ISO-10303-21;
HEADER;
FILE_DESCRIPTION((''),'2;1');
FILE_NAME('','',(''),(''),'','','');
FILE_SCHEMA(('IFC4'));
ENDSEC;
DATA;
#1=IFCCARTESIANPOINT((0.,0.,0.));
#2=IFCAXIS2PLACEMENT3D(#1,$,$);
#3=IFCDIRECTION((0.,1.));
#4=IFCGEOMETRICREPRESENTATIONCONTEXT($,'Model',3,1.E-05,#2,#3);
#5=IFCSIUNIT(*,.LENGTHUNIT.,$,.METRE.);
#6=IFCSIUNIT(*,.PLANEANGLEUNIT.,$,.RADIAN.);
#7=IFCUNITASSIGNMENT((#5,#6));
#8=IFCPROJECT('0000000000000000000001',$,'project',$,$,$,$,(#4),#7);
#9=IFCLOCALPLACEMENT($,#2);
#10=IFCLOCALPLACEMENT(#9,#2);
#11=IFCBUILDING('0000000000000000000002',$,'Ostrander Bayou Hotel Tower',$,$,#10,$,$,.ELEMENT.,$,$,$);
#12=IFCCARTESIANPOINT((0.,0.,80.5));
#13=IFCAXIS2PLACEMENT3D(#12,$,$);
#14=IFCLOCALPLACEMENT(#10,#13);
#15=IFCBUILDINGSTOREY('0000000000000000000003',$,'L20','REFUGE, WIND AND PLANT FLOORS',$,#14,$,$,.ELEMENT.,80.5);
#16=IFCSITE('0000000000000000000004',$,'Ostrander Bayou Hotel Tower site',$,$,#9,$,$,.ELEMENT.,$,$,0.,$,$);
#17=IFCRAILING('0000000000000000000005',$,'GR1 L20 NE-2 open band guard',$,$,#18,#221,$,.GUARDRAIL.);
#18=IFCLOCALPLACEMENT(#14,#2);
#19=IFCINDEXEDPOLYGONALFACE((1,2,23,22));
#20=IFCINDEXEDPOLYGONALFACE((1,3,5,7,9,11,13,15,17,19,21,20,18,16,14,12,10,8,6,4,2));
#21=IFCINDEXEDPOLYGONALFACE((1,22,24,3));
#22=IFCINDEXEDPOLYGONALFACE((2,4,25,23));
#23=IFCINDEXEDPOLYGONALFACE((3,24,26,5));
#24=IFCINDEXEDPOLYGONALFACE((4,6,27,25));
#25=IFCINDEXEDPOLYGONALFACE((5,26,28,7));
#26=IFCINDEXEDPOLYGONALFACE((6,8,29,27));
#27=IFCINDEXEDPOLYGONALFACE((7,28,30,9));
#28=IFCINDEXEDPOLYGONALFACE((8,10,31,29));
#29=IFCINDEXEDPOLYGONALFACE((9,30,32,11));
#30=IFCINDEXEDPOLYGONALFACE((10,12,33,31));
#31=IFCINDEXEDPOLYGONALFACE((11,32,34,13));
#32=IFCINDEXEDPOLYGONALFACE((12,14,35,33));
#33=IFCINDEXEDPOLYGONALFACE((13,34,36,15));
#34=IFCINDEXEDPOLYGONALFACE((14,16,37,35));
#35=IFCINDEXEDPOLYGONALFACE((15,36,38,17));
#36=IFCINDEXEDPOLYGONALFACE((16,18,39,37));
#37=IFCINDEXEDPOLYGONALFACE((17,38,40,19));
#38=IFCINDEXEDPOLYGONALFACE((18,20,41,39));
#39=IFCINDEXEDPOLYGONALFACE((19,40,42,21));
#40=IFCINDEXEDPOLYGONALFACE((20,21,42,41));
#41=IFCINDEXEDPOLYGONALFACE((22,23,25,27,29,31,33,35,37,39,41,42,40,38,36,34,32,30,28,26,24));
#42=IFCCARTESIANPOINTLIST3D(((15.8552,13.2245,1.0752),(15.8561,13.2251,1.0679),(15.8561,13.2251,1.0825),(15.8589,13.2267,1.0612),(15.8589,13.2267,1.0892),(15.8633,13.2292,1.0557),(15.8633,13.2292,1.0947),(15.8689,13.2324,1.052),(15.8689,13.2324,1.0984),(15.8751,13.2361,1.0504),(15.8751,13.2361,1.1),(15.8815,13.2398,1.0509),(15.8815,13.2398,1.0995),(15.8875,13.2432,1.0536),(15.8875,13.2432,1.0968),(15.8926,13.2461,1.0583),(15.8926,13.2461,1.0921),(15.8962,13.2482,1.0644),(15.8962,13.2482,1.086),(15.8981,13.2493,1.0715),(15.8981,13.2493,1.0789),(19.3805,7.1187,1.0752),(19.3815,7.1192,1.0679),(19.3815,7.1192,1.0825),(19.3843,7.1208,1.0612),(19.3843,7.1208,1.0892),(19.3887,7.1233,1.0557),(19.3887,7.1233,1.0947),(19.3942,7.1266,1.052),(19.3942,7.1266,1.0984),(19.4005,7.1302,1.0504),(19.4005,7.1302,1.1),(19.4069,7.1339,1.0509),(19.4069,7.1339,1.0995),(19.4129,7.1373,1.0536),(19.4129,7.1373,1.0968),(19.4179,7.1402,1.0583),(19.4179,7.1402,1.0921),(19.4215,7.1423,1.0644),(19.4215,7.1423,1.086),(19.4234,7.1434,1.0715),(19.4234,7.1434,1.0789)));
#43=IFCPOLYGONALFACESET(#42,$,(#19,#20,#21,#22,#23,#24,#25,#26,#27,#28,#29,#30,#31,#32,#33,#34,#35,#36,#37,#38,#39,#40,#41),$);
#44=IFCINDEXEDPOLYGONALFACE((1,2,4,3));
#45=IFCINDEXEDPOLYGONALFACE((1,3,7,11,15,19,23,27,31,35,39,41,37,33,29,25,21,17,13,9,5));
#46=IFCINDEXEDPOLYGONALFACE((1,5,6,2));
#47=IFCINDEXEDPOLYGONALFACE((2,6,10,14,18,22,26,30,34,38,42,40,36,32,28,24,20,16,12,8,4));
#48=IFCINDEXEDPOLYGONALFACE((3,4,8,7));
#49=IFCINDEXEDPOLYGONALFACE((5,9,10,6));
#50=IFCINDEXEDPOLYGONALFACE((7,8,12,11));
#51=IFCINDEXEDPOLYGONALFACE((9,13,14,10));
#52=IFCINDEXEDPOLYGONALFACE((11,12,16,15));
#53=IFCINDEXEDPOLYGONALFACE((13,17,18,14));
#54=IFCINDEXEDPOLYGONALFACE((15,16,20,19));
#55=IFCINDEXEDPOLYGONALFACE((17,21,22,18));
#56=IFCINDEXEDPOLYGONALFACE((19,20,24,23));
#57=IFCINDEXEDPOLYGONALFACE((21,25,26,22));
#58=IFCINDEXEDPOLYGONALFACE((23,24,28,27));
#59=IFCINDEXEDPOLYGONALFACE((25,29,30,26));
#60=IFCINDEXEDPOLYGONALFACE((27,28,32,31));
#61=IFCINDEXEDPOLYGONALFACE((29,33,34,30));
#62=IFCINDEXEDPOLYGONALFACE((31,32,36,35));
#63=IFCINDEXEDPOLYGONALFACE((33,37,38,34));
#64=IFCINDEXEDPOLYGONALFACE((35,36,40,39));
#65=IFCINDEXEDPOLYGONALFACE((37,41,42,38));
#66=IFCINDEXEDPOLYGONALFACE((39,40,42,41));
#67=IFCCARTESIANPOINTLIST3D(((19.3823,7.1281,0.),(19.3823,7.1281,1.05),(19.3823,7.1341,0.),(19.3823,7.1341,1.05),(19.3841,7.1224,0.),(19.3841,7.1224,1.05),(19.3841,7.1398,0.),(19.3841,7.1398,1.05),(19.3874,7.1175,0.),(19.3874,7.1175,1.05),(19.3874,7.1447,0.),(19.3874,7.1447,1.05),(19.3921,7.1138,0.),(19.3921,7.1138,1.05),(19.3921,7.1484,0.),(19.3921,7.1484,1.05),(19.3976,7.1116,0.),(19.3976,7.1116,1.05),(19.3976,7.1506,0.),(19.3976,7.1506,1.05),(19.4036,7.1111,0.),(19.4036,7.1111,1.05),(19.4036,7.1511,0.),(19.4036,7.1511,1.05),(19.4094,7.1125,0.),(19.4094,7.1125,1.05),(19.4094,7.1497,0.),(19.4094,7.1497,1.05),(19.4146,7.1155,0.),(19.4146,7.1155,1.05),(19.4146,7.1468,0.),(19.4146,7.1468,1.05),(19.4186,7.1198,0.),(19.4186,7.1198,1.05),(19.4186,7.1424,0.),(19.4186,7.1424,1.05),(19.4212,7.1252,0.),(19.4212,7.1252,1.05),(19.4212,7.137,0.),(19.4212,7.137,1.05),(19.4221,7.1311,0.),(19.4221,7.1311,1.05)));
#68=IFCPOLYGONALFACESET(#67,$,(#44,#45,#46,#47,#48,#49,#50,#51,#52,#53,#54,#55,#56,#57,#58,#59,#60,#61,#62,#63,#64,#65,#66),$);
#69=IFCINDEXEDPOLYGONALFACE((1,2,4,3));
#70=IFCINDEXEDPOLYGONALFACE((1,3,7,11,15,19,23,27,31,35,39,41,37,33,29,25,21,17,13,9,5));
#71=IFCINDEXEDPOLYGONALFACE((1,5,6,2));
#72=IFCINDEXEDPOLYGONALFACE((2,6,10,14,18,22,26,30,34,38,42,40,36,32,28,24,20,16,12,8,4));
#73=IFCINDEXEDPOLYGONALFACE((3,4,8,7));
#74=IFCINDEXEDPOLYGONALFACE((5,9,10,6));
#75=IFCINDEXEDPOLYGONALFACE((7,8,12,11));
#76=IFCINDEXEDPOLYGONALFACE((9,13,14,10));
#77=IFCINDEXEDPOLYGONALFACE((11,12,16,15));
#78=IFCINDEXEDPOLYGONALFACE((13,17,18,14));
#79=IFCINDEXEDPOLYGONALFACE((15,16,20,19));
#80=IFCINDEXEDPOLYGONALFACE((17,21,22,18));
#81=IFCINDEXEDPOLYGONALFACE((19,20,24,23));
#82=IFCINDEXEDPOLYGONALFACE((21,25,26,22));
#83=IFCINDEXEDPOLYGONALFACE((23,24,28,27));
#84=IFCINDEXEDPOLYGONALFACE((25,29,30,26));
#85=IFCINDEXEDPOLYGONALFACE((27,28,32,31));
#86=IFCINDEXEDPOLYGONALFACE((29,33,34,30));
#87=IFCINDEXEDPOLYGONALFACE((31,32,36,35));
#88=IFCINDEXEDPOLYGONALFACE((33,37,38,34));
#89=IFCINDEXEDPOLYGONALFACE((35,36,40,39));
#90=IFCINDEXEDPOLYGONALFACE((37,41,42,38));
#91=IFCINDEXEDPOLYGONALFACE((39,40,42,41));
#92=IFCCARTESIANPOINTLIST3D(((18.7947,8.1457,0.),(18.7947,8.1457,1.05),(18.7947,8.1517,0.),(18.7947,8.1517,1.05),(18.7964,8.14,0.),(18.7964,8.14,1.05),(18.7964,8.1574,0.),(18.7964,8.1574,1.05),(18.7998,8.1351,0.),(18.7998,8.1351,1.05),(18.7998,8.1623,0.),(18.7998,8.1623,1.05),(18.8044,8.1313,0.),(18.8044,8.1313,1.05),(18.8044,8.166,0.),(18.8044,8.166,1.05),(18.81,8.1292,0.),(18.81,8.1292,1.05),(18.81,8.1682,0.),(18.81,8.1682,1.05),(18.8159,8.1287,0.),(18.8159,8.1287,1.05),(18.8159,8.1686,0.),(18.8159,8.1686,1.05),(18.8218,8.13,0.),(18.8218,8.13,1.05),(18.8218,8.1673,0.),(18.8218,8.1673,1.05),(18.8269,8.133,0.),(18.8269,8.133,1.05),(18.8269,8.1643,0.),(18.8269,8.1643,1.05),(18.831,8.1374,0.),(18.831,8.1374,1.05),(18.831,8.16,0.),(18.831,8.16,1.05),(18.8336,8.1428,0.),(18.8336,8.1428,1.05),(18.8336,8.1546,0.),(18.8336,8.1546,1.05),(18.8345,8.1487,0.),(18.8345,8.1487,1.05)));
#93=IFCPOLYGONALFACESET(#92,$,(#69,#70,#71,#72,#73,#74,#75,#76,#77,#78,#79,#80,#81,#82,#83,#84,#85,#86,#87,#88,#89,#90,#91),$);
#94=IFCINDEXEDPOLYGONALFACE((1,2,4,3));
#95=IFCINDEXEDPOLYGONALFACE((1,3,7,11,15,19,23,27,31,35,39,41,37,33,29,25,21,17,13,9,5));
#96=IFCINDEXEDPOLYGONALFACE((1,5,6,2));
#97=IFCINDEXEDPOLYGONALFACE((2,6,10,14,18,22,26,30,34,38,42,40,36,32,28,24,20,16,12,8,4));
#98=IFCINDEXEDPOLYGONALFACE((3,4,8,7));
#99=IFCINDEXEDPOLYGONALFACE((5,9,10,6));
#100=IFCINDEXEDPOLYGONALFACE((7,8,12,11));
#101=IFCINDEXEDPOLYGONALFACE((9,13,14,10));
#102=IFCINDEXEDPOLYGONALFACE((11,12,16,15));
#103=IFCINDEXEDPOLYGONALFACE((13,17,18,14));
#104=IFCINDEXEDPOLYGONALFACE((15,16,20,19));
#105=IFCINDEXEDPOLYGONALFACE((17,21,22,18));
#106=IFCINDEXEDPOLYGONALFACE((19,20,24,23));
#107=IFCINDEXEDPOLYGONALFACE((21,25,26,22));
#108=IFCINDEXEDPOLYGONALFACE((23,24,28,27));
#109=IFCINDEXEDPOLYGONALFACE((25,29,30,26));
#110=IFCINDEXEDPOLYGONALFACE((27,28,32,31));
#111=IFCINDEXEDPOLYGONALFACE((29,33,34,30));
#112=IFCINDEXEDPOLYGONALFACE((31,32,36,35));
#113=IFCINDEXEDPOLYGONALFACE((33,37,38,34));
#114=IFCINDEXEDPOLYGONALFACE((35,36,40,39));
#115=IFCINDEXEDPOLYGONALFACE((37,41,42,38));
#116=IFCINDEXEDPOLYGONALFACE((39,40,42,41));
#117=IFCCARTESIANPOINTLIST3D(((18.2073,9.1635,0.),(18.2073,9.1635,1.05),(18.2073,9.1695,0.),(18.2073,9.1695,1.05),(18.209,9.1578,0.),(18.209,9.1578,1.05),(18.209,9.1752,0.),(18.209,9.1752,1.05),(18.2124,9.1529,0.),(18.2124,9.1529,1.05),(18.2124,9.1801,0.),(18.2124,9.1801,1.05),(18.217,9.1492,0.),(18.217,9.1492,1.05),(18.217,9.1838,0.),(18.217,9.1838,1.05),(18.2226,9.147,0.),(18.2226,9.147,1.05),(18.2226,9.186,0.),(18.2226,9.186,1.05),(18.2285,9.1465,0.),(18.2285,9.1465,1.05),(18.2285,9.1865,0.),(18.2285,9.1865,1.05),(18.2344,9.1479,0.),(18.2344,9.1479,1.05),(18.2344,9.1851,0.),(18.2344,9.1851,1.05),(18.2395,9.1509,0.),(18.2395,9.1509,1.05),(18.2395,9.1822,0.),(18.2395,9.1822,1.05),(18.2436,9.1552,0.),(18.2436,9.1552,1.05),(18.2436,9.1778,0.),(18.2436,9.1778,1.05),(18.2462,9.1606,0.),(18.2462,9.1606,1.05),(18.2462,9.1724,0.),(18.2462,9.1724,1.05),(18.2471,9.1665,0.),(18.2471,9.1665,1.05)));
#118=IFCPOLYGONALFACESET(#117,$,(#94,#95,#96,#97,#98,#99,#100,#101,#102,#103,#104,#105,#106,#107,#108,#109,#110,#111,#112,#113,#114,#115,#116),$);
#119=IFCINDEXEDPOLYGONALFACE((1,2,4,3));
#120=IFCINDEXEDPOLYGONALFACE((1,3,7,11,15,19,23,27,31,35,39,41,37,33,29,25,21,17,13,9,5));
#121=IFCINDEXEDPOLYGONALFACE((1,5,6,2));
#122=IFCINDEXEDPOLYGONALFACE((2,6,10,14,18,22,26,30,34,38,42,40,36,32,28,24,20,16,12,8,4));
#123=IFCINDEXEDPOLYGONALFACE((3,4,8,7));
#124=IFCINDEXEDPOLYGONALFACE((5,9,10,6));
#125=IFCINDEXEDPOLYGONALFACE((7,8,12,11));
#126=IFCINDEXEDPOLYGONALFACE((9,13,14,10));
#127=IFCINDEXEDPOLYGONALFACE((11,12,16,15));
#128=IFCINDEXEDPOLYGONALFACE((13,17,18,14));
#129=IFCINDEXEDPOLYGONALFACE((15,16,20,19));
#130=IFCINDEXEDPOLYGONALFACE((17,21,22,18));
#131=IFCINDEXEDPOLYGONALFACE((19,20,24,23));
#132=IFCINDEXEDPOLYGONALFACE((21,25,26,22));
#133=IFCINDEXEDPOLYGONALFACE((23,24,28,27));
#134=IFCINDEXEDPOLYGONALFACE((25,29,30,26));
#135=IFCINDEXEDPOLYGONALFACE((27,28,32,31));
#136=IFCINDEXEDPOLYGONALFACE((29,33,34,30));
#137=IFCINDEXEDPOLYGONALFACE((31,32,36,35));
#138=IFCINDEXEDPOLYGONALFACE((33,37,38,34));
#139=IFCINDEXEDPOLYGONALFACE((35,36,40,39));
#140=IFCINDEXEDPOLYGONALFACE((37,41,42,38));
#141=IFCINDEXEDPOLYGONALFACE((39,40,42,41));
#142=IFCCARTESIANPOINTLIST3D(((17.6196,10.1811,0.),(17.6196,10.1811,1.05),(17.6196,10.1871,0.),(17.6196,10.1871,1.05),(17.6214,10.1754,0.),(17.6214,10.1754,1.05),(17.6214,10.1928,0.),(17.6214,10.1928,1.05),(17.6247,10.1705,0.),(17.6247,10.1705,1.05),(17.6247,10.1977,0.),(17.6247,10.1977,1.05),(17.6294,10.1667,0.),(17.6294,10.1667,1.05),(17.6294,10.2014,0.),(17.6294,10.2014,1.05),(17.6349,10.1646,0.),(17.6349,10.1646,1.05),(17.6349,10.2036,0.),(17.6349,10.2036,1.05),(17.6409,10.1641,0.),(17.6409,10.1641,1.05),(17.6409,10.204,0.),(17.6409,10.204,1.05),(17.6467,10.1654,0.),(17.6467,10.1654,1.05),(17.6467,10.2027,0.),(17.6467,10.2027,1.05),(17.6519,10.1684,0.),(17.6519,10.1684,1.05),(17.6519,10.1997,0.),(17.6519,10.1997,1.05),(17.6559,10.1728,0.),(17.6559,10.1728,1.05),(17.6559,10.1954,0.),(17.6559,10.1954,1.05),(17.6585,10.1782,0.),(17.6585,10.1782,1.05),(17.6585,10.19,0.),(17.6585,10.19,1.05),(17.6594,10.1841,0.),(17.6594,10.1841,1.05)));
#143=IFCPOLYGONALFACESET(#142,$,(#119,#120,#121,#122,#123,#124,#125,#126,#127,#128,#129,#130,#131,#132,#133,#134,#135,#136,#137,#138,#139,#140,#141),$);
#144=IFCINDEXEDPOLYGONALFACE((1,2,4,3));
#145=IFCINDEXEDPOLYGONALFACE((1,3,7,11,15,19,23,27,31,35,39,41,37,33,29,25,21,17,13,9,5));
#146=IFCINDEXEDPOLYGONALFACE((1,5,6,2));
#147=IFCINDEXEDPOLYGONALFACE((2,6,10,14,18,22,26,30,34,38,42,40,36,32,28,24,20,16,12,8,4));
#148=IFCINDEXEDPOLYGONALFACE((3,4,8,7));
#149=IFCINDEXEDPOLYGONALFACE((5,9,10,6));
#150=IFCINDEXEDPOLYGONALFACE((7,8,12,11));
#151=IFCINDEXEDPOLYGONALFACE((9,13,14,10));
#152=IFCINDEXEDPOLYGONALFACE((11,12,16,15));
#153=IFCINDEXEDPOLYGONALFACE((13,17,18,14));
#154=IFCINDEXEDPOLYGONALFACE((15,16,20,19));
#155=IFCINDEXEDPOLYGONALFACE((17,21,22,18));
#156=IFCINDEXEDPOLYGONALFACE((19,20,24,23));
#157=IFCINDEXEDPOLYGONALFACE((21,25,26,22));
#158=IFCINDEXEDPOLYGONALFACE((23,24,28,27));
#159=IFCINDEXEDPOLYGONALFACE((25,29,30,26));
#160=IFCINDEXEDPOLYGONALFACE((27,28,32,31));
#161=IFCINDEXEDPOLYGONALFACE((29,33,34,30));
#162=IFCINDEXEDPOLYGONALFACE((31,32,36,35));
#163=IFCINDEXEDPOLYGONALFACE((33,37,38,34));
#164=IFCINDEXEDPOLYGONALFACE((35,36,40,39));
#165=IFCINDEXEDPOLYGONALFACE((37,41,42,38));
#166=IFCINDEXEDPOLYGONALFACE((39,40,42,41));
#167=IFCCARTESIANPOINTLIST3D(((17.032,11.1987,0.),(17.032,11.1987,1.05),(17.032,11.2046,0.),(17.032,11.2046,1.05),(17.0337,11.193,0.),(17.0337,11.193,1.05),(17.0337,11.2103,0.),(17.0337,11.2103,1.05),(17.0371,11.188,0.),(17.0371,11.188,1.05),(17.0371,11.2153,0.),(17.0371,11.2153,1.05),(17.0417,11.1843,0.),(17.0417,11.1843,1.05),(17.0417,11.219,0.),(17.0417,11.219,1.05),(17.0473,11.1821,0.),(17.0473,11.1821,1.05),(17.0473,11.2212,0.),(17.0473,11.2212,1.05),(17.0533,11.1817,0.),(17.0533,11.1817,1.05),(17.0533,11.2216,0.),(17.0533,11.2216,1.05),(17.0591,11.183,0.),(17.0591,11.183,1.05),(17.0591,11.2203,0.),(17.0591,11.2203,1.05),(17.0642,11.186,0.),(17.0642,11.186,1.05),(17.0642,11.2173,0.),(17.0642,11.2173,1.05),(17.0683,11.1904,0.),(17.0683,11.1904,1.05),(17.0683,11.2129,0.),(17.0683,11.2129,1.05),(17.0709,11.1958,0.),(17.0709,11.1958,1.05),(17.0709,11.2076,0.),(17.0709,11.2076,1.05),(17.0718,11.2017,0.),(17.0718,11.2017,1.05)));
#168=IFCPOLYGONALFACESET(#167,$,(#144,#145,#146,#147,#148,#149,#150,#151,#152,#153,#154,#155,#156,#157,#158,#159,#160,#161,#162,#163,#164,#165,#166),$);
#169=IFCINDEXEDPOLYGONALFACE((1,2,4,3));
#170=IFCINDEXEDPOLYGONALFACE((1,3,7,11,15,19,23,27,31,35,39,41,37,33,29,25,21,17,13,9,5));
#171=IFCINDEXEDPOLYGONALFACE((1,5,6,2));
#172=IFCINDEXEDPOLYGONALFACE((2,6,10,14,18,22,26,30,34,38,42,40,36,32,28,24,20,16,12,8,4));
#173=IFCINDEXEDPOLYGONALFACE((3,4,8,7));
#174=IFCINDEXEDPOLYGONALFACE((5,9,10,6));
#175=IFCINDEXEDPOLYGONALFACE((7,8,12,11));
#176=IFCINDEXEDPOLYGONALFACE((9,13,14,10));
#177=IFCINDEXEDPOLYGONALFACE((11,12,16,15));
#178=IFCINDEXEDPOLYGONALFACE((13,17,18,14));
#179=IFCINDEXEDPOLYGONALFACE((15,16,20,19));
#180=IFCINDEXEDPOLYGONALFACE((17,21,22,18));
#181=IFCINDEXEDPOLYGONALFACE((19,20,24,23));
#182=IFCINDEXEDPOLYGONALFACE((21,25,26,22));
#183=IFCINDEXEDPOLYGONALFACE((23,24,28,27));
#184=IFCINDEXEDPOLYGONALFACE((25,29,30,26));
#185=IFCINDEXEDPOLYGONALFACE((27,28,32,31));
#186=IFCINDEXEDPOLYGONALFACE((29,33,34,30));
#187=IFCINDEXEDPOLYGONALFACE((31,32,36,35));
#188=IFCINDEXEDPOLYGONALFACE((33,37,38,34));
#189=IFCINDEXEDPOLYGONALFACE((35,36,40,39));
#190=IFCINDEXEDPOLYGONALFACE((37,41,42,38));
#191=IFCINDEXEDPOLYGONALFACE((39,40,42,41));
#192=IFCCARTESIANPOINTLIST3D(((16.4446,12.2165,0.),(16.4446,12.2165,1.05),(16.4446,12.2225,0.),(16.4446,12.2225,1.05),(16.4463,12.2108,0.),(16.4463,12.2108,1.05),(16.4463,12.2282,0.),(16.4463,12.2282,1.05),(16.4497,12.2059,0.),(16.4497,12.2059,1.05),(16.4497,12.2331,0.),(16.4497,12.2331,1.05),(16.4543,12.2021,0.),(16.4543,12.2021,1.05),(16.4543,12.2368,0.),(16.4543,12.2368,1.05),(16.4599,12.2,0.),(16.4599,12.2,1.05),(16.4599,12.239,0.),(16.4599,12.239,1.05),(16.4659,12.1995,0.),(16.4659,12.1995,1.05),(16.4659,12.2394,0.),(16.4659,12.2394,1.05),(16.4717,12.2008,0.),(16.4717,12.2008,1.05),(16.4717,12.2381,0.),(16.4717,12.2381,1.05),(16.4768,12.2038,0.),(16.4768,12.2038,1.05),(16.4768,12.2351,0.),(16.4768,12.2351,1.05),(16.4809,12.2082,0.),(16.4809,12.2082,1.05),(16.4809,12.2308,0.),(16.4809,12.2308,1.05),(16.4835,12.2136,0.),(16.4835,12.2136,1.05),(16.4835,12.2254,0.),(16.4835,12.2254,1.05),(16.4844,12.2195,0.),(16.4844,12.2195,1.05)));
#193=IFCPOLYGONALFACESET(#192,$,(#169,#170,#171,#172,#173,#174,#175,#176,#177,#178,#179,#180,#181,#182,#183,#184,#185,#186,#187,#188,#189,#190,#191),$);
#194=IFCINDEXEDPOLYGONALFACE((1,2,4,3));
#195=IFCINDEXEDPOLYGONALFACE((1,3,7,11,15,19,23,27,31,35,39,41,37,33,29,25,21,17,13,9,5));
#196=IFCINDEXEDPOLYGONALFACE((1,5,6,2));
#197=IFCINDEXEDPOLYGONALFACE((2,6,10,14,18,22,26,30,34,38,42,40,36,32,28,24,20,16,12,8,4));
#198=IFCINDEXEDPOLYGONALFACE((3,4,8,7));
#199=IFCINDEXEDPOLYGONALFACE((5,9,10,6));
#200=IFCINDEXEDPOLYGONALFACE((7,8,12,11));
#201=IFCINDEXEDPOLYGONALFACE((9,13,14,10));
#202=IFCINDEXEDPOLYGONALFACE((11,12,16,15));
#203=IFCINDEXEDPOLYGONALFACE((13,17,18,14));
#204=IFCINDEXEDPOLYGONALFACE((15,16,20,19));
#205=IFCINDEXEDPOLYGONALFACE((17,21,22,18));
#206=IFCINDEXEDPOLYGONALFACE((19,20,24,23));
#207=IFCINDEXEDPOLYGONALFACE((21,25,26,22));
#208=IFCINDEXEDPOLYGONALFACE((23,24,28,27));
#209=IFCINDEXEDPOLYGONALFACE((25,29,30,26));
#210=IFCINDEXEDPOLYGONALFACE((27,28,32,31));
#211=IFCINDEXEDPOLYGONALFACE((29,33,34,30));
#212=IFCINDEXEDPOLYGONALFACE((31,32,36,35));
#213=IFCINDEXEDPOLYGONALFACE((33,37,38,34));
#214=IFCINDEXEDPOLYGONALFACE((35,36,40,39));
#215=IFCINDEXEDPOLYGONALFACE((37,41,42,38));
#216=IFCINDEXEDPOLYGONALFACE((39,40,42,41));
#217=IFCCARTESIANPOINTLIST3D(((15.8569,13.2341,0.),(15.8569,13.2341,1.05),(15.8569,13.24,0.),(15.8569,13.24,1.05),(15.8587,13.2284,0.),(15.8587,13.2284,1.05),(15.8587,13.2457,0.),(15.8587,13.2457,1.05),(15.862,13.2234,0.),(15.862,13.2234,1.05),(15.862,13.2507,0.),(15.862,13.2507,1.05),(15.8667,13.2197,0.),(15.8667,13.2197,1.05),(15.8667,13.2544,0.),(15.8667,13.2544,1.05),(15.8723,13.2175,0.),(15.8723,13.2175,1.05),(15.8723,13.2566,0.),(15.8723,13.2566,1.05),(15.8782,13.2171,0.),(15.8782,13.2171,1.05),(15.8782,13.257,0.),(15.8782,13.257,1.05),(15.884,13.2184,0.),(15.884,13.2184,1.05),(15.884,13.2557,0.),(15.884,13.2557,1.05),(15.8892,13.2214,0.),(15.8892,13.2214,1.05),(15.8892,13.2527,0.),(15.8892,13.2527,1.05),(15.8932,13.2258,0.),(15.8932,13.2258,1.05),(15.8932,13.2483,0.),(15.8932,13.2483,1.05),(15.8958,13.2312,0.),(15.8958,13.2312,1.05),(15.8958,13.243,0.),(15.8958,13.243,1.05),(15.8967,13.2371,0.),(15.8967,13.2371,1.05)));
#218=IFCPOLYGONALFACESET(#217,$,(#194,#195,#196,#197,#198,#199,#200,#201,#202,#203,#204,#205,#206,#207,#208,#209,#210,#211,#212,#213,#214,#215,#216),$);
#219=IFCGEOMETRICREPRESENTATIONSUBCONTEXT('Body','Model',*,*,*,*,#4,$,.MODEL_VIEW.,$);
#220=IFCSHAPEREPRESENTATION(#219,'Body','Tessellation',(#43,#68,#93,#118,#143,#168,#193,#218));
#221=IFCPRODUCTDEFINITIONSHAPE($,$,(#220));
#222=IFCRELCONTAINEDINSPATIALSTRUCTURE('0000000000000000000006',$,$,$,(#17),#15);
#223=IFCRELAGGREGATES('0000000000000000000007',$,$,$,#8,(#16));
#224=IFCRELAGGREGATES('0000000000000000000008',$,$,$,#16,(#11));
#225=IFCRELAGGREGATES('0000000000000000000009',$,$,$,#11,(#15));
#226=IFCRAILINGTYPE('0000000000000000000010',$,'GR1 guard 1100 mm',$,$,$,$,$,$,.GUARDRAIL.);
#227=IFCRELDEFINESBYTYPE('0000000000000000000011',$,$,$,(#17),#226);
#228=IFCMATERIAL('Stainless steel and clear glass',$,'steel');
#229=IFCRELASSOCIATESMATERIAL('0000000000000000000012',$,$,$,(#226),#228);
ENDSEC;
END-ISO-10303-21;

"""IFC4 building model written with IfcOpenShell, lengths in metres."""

from ifc_helpers import new_model, si_unit, direction, frame, origin, origin_2d, place, context, subcontext, project, spatial, circle, extrude, material, type_object, element, save


model = new_model("IFC4")

# Units and contexts
model_context = context("Model", 3, precision=1e-05, world=origin(), true_north=direction((0.0, 1.0)))
body_context = subcontext(model_context, "Body", "Model", "MODEL_VIEW")
ifc_project = project(units=[si_unit("LENGTHUNIT", "METRE"), si_unit("PLANEANGLEUNIT", "RADIAN")], contexts=[model_context])

# Site, building, storey
site_placement = place(None, origin())
site = spatial("IfcSite", under=ifc_project, at=site_placement, Name="Ostrander Bayou Hotel Tower site", CompositionType="ELEMENT", RefElevation=0.0)
building_placement = place(site_placement, origin())
building = spatial("IfcBuilding", under=site, at=building_placement, Name="Ostrander Bayou Hotel Tower", CompositionType="ELEMENT")
storey_placement = place(building_placement, frame((0.0, 0.0, 80.5)))
storey = spatial("IfcBuildingStorey", under=building, at=storey_placement, Name="L20", Description="REFUGE, WIND AND PLANT FLOORS", CompositionType="ELEMENT", Elevation=80.5)

# Railing
ifc_material_1 = material(Name="Stainless steel and clear glass", Category="steel")
railing_type = type_object("IfcRailingType", Name="GR1 guard 1100 mm", PredefinedType="GUARDRAIL", material=ifc_material_1)
railing_1_placement = place(storey_placement, frame((19.4021, 7.1311, 0.0)))
element("IfcRailing", 1, at=railing_1_placement, inside=storey, type_object=railing_type, Name="GR1 L20 NE-2 open band guard", PredefinedType="GUARDRAIL", context=body_context, shape_type="SweptSolid", body=[
    extrude(circle(Radius=0.0249, at=origin_2d()), frame((0.0, 0.0, 1.0752), z_axis=(-0.500012, 0.866018, 0.0), x_axis=(-0.866018, -0.500012, 0.0)), (0.0, 0.0, 1.0), 7.0505),
    extrude(circle(Radius=0.02, at=origin_2d()), origin(), (0.0, 0.0, 1.0), 1.05),
    extrude(circle(Radius=0.02, at=origin_2d()), frame((-0.5876, 1.0176, 0.0)), (0.0, 0.0, 1.0), 1.05),
    extrude(circle(Radius=0.02, at=origin_2d()), frame((-1.175, 2.0354, 0.0)), (0.0, 0.0, 1.0), 1.05),
    extrude(circle(Radius=0.02, at=origin_2d()), frame((-1.7627, 3.053, 0.0)), (0.0, 0.0, 1.0), 1.05),
    extrude(circle(Radius=0.02, at=origin_2d()), frame((-2.3503, 4.0706, 0.0)), (0.0, 0.0, 1.0), 1.05),
    extrude(circle(Radius=0.02, at=origin_2d()), frame((-2.9377, 5.0884, 0.0)), (0.0, 0.0, 1.0), 1.05),
    extrude(circle(Radius=0.02, at=origin_2d()), frame((-3.5254, 6.106, 0.0)), (0.0, 0.0, 1.0), 1.05),
])

save(model, "model.ifc")
